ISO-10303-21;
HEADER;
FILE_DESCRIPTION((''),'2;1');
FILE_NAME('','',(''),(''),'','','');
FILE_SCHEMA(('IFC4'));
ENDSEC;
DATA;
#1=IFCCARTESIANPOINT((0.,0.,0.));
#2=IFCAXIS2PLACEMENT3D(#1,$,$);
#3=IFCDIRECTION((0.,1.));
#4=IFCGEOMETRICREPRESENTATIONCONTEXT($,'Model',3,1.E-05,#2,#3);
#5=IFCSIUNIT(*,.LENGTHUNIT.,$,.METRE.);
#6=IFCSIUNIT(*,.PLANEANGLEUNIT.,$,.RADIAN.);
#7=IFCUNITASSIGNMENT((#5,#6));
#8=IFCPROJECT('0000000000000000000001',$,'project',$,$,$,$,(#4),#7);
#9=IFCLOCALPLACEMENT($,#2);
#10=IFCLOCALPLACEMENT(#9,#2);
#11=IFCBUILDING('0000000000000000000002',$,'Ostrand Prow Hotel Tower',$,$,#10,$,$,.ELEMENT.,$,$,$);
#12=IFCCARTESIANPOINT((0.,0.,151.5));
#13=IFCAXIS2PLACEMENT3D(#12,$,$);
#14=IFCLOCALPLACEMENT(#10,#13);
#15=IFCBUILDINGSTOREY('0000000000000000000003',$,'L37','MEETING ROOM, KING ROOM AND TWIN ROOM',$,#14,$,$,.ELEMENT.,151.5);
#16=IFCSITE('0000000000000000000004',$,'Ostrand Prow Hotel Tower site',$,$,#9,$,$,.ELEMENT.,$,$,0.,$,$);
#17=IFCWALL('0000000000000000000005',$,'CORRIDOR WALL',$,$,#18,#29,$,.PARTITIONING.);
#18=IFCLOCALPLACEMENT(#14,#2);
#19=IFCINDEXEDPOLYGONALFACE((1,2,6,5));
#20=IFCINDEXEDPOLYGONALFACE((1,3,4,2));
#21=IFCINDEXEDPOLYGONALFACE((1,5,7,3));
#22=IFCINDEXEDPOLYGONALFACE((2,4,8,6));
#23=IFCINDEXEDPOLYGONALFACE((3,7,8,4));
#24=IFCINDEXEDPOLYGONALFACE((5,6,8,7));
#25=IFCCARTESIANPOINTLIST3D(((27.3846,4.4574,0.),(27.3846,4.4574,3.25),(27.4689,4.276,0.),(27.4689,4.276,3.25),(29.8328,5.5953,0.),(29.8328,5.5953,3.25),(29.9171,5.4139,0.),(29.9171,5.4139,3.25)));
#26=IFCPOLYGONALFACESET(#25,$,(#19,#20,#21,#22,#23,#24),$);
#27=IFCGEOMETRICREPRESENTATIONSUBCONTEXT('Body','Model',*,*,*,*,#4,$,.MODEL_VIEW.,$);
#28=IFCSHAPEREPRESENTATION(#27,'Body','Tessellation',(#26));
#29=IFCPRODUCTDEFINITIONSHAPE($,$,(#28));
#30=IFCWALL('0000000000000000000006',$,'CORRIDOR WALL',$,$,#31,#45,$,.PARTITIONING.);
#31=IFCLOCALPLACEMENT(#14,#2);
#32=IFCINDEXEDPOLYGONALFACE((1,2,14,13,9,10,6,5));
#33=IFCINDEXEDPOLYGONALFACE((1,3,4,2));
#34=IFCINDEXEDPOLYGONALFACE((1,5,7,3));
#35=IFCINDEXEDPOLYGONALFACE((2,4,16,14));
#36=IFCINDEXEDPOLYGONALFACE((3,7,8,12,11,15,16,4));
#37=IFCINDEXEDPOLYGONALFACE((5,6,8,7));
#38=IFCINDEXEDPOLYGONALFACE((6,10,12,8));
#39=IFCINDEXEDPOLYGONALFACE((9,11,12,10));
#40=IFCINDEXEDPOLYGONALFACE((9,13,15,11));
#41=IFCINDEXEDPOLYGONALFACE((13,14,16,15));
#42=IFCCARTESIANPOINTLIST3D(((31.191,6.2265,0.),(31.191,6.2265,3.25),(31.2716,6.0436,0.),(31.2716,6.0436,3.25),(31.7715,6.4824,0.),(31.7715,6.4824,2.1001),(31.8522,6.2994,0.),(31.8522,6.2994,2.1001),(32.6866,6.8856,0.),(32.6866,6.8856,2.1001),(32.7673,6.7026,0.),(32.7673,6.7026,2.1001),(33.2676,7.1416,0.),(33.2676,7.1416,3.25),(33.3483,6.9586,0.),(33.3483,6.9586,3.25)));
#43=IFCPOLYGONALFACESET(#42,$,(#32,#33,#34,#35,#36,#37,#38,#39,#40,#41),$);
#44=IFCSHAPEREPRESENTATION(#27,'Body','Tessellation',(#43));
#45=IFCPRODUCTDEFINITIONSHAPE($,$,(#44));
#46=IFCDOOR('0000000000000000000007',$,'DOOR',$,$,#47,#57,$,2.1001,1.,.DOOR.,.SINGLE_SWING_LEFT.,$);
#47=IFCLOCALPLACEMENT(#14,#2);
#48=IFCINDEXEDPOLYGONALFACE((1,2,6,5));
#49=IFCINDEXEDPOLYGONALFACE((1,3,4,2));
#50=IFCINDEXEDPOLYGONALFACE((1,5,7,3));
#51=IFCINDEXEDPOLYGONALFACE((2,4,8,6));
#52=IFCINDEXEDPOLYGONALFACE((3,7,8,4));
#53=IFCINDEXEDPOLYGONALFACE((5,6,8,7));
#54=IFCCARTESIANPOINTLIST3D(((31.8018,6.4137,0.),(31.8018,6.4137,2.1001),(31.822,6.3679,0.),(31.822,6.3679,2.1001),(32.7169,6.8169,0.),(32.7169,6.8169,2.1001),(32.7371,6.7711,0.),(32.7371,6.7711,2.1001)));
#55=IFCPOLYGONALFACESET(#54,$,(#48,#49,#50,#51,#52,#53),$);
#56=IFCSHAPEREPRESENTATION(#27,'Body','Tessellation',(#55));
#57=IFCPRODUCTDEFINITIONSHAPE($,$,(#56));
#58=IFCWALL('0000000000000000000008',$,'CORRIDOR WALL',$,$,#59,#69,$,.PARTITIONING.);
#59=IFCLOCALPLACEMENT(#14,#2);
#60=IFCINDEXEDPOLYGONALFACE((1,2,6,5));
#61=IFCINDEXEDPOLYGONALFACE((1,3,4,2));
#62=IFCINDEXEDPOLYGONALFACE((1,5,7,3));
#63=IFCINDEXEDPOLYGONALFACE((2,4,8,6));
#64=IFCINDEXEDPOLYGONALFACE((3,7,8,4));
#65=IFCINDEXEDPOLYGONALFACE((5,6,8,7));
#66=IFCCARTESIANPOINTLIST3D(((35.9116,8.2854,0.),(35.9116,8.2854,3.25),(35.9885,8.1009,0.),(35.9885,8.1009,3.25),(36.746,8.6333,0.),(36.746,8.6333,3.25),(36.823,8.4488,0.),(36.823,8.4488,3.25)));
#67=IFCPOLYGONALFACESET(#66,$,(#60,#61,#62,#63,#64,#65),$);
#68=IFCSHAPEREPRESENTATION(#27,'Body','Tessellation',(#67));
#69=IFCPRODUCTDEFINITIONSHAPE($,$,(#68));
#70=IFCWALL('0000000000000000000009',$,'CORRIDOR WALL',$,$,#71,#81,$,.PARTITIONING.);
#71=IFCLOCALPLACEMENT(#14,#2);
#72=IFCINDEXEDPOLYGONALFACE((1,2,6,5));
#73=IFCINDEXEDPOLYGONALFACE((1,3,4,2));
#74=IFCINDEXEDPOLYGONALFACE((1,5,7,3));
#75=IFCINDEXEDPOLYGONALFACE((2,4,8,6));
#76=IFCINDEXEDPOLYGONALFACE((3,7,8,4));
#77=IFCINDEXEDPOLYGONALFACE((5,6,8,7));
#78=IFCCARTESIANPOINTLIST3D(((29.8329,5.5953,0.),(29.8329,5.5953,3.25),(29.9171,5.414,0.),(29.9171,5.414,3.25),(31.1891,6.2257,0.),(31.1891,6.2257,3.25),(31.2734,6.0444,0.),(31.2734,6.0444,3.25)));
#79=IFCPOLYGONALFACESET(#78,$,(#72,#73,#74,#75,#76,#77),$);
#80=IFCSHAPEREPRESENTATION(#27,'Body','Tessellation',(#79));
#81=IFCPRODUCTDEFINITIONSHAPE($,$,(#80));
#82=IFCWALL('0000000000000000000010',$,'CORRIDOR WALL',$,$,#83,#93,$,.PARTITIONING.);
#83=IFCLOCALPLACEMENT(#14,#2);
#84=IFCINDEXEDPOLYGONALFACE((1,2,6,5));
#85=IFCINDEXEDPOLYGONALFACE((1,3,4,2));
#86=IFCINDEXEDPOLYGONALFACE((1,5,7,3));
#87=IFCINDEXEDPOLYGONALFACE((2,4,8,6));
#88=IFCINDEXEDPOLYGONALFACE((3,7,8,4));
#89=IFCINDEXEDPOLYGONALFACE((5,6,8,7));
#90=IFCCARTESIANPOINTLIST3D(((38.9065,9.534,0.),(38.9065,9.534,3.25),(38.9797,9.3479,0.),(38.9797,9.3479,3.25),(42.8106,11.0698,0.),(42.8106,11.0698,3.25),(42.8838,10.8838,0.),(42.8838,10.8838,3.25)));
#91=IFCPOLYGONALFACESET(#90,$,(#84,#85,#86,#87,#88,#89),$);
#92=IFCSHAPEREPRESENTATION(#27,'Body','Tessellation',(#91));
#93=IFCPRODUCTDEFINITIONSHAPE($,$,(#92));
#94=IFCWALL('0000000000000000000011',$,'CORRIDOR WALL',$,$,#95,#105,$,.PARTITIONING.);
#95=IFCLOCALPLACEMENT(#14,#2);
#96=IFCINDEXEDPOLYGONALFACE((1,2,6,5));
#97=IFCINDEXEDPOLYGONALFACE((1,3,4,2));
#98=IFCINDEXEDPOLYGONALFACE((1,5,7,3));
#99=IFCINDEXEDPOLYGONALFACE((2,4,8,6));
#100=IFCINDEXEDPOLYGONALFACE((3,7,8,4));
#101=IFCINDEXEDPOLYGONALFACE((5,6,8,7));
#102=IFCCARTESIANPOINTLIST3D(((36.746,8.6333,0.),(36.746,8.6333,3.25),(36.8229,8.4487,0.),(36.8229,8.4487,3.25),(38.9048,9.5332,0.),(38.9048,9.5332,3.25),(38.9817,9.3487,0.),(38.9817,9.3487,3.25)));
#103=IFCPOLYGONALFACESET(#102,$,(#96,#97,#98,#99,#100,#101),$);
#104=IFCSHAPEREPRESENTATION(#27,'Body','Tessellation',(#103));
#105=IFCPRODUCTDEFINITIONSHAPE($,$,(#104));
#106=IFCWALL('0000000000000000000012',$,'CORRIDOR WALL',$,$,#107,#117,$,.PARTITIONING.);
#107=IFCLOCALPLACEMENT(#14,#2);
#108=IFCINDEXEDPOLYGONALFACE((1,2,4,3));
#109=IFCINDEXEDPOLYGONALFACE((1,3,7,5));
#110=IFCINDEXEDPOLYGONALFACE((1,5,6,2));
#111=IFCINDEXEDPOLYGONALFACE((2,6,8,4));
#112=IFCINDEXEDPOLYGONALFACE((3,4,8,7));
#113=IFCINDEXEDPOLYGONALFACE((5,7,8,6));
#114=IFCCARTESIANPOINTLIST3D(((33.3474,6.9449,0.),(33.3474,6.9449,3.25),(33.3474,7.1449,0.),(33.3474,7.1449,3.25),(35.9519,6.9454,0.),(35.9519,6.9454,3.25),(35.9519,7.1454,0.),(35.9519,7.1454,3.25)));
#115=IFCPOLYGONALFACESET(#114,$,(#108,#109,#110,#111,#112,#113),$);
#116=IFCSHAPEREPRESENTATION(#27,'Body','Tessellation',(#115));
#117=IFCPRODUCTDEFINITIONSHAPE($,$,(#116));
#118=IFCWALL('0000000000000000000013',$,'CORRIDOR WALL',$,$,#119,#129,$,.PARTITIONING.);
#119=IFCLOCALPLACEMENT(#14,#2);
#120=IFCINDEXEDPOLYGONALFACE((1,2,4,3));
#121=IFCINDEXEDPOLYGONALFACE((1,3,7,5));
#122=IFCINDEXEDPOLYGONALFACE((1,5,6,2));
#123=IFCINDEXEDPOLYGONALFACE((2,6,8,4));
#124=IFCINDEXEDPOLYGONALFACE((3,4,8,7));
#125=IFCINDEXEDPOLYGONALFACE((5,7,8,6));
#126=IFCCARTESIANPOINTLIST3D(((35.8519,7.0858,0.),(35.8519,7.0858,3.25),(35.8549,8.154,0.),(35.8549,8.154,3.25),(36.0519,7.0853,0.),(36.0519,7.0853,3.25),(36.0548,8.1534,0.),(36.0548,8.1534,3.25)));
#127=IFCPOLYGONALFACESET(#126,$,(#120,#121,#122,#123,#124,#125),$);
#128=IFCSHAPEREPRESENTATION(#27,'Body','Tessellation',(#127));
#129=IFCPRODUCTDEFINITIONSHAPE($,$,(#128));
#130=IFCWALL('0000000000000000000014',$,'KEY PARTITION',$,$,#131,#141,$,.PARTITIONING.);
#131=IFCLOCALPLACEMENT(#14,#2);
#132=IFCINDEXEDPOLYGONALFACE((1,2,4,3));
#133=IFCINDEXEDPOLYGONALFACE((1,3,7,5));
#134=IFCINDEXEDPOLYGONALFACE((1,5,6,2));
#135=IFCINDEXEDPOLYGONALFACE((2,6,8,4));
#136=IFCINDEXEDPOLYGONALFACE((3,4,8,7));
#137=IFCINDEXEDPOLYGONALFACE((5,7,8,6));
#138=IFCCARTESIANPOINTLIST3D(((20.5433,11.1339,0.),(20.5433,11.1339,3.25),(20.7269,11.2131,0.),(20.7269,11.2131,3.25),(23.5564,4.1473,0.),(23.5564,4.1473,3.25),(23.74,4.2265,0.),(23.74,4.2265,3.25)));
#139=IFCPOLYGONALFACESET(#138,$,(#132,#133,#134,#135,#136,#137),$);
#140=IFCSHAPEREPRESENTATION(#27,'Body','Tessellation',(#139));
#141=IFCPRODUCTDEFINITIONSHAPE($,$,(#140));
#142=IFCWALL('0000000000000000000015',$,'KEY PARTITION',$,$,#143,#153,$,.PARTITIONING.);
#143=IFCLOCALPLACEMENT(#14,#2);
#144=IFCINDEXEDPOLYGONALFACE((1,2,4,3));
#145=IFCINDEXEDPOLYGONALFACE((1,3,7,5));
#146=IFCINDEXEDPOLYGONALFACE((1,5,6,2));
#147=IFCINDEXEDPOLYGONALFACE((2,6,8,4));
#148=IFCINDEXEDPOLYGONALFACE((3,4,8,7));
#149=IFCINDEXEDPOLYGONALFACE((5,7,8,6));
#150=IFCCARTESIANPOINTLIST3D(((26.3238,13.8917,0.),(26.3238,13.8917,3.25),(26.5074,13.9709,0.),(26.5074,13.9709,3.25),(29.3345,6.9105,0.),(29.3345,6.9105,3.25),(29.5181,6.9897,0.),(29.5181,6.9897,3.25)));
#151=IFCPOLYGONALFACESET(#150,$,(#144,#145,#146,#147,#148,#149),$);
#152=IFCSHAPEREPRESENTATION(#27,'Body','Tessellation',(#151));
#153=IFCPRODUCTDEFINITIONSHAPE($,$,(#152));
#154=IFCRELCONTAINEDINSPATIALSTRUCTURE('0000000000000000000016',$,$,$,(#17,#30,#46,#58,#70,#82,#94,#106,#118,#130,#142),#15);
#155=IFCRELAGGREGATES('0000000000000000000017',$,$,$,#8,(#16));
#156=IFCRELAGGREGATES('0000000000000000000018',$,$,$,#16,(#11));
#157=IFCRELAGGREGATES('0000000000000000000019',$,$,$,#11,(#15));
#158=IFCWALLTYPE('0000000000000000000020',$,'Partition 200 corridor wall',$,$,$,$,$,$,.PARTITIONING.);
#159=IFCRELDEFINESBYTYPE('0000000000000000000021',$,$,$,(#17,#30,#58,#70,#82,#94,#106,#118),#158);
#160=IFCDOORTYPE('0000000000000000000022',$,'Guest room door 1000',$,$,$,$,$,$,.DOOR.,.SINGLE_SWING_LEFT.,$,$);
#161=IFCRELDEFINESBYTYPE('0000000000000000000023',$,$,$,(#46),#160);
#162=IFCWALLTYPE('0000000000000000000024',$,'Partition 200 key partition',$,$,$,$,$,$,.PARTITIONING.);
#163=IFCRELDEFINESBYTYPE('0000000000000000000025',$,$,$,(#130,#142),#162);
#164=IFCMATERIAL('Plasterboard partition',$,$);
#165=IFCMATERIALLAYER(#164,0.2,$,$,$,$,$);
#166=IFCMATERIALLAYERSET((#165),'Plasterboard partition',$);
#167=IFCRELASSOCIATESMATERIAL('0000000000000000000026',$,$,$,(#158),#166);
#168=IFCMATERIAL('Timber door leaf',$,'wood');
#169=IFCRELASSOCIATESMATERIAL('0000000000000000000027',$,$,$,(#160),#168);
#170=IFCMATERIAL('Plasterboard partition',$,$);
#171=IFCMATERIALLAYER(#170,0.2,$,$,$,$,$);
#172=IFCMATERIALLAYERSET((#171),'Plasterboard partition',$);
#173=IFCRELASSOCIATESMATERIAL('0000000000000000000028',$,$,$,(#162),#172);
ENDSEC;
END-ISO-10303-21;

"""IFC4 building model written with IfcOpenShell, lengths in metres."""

from ifc_helpers import new_model, si_unit, direction, frame, frame_2d, origin, place, context, subcontext, project, spatial, rectangle, extrude, material, layer, layer_set, type_object, element, fill, save


model = new_model("IFC4")

# Units and contexts
model_context = context("Model", 3, precision=1e-05, world=origin(), true_north=direction((0.0, 1.0)))
body_context = subcontext(model_context, "Body", "Model", "MODEL_VIEW")
ifc_project = project(units=[si_unit("LENGTHUNIT", "METRE"), si_unit("PLANEANGLEUNIT", "RADIAN")], contexts=[model_context])

# Site, building, storey
site_placement = place(None, origin())
site = spatial("IfcSite", under=ifc_project, at=site_placement, Name="Ostrand Prow Hotel Tower site", CompositionType="ELEMENT", RefElevation=0.0)
building_placement = place(site_placement, origin())
building = spatial("IfcBuilding", under=site, at=building_placement, Name="Ostrand Prow Hotel Tower", CompositionType="ELEMENT")
storey_placement = place(building_placement, frame((0.0, 0.0, 151.5)))
storey = spatial("IfcBuildingStorey", under=building, at=storey_placement, Name="L37", Description="MEETING ROOM, KING ROOM AND TWIN ROOM", CompositionType="ELEMENT", Elevation=151.5)

# Shared definitions
ifc_material_1 = material(Name="Plasterboard partition")
ifc_layer_1 = layer(ifc_material_1, 0.2)
ifc_layer_set_1 = layer_set([ifc_layer_1], Name="Plasterboard partition")
wall_type_1 = type_object("IfcWallType", Name="Partition 200 corridor wall", PredefinedType="PARTITIONING", material=ifc_layer_set_1)
ifc_material_2 = material(Name="Timber door leaf", Category="wood")
door_type_1 = type_object("IfcDoorType", Name="Guest room door 1000", OperationType="SINGLE_SWING_LEFT", PredefinedType="DOOR", material=ifc_material_2)

# Wall
wall_1_placement = place(storey_placement, frame((27.4268, 4.3667, 0.0), z_axis=(0.0, 0.0, 1.0), x_axis=(0.906831, 0.421494, 0.0)))
element("IfcWall", 1, at=wall_1_placement, inside=storey, type_object=wall_type_1, Name="CORRIDOR WALL", PredefinedType="PARTITIONING", context=body_context, shape_type="SweptSolid", body=[
    extrude(rectangle(XDim=2.6997, YDim=0.2, at=frame_2d((1.3499, 0.0))), origin(), (0.0, 0.0, 1.0), 3.25),
])

# Wall, opening, door
wall_2_placement = place(storey_placement, frame((31.2312, 6.135, 0.0), z_axis=(0.0, 0.0, 1.0), x_axis=(0.915102, 0.403222, 0.0)))
wall_2 = element("IfcWall", 2, at=wall_2_placement, inside=storey, type_object=wall_type_1, Name="CORRIDOR WALL", PredefinedType="PARTITIONING", context=body_context, shape_type="SweptSolid", body=[
    extrude(rectangle(XDim=2.2693, YDim=0.2, at=frame_2d((1.1348, 0.0))), origin(), (0.0, 0.0, 1.0), 3.25),
])
opening_1_placement = place(wall_2_placement, frame((0.6345, 0.0, 0.0)))
opening_1 = element("IfcOpeningElement", 3, at=opening_1_placement, cuts=wall_2, PredefinedType="OPENING", context=body_context, shape_type="SweptSolid", body=[
    extrude(rectangle(XDim=1.0, YDim=2.1001, at=frame_2d((0.5, 1.05))), frame((0.0, 0.1099, 0.0), z_axis=(0.0, -1.0, 0.0), x_axis=(1.0, 0.0, 0.0)), (0.0, 0.0, 1.0), 0.22),
])
door_1_placement = place(opening_1_placement, origin())
door_1 = element("IfcDoor", 4, at=door_1_placement, inside=storey, type_object=door_type_1, Name="DOOR", OperationType="SINGLE_SWING_LEFT", OverallHeight=2.1001, OverallWidth=1.0, PredefinedType="DOOR", context=body_context, shape_type="SweptSolid", body=[
    extrude(rectangle(XDim=1.0, YDim=2.1001, at=frame_2d((0.5, 1.05))), frame((0.0, 0.0249, 0.0), z_axis=(0.0, -1.0, 0.0), x_axis=(1.0, 0.0, 0.0)), (0.0, 0.0, 1.0), 0.05),
])
fill(opening_1, door_1)

# Walls
wall_3_placement = place(storey_placement, frame((35.95, 8.1931, 0.0), z_axis=(0.0, 0.0, 1.0), x_axis=(0.922997, 0.384807, 0.0)))
element("IfcWall", 5, at=wall_3_placement, inside=storey, type_object=wall_type_1, Name="CORRIDOR WALL", PredefinedType="PARTITIONING", context=body_context, shape_type="SweptSolid", body=[
    extrude(rectangle(XDim=0.9041, YDim=0.2, at=frame_2d((0.4521, 0.0))), origin(), (0.0, 0.0, 1.0), 3.25),
])
wall_4_placement = place(storey_placement, frame((29.875, 5.5046, 0.0), z_axis=(0.0, 0.0, 1.0), x_axis=(0.906829, 0.4215, 0.0)))
element("IfcWall", 6, at=wall_4_placement, inside=storey, type_object=wall_type_1, Name="CORRIDOR WALL", PredefinedType="PARTITIONING", context=body_context, shape_type="SweptSolid", body=[
    extrude(rectangle(XDim=1.4956, YDim=0.2, at=frame_2d((0.7478, 0.0))), origin(), (0.0, 0.0, 1.0), 3.25),
])
wall_5_placement = place(storey_placement, frame((38.9431, 9.4409, 0.0), z_axis=(0.0, 0.0, 1.0), x_axis=(0.930577, 0.366097, 0.0)))
element("IfcWall", 7, at=wall_5_placement, inside=storey, type_object=wall_type_1, Name="CORRIDOR WALL", PredefinedType="PARTITIONING", context=body_context, shape_type="SweptSolid", body=[
    extrude(rectangle(XDim=4.1953, YDim=0.2, at=frame_2d((2.0977, 0.0))), origin(), (0.0, 0.0, 1.0), 3.25),
])
wall_6_placement = place(storey_placement, frame((36.7844, 8.541, 0.0), z_axis=(0.0, 0.0, 1.0), x_axis=(0.923009, 0.384778, 0.0)))
element("IfcWall", 8, at=wall_6_placement, inside=storey, type_object=wall_type_1, Name="CORRIDOR WALL", PredefinedType="PARTITIONING", context=body_context, shape_type="SweptSolid", body=[
    extrude(rectangle(XDim=2.3389, YDim=0.2, at=frame_2d((1.1694, 0.0))), origin(), (0.0, 0.0, 1.0), 3.25),
])
wall_7_placement = place(storey_placement, frame((33.3474, 7.0449, 0.0), z_axis=(0.0, 0.0, 1.0), x_axis=(1.0, 0.000187, 0.0)))
element("IfcWall", 9, at=wall_7_placement, inside=storey, type_object=wall_type_1, Name="CORRIDOR WALL", PredefinedType="PARTITIONING", context=body_context, shape_type="SweptSolid", body=[
    extrude(rectangle(XDim=2.6045, YDim=0.2, at=frame_2d((1.3022, 0.0))), origin(), (0.0, 0.0, 1.0), 3.25),
])
wall_8_placement = place(storey_placement, frame((35.9519, 7.0854, 0.0), z_axis=(0.0, 0.0, 1.0), x_axis=(0.002743, 0.999996, 0.0)))
element("IfcWall", 10, at=wall_8_placement, inside=storey, type_object=wall_type_1, Name="CORRIDOR WALL", PredefinedType="PARTITIONING", context=body_context, shape_type="SweptSolid", body=[
    extrude(rectangle(XDim=1.0681, YDim=0.2, at=frame_2d((0.5342, 0.0))), origin(), (0.0, 0.0, 1.0), 3.25),
])
ifc_material_3 = material(Name="Plasterboard partition")
ifc_layer_2 = layer(ifc_material_3, 0.2)
ifc_layer_set_2 = layer_set([ifc_layer_2], Name="Plasterboard partition")
wall_type_2 = type_object("IfcWallType", Name="Partition 200 key partition", PredefinedType="PARTITIONING", material=ifc_layer_set_2)
wall_9_placement = place(storey_placement, frame((23.6482, 4.187, 0.0), z_axis=(0.0, 0.0, 1.0), x_axis=(-0.396021, 0.918241, 0.0)))
element("IfcWall", 11, at=wall_9_placement, inside=storey, type_object=wall_type_2, Name="KEY PARTITION", PredefinedType="PARTITIONING", context=body_context, shape_type="SweptSolid", body=[
    extrude(rectangle(XDim=7.6086, YDim=0.2, at=frame_2d((3.8042, 0.0))), origin(), (0.0, 0.0, 1.0), 3.25),
])
wall_10_placement = place(storey_placement, frame((29.4263, 6.9502, 0.0), z_axis=(0.0, 0.0, 1.0), x_axis=(-0.396007, 0.918247, 0.0)))
element("IfcWall", 12, at=wall_10_placement, inside=storey, type_object=wall_type_2, Name="KEY PARTITION", PredefinedType="PARTITIONING", context=body_context, shape_type="SweptSolid", body=[
    extrude(rectangle(XDim=7.6028, YDim=0.2, at=frame_2d((3.8013, 0.0))), origin(), (0.0, 0.0, 1.0), 3.25),
])

save(model, "model.ifc")
